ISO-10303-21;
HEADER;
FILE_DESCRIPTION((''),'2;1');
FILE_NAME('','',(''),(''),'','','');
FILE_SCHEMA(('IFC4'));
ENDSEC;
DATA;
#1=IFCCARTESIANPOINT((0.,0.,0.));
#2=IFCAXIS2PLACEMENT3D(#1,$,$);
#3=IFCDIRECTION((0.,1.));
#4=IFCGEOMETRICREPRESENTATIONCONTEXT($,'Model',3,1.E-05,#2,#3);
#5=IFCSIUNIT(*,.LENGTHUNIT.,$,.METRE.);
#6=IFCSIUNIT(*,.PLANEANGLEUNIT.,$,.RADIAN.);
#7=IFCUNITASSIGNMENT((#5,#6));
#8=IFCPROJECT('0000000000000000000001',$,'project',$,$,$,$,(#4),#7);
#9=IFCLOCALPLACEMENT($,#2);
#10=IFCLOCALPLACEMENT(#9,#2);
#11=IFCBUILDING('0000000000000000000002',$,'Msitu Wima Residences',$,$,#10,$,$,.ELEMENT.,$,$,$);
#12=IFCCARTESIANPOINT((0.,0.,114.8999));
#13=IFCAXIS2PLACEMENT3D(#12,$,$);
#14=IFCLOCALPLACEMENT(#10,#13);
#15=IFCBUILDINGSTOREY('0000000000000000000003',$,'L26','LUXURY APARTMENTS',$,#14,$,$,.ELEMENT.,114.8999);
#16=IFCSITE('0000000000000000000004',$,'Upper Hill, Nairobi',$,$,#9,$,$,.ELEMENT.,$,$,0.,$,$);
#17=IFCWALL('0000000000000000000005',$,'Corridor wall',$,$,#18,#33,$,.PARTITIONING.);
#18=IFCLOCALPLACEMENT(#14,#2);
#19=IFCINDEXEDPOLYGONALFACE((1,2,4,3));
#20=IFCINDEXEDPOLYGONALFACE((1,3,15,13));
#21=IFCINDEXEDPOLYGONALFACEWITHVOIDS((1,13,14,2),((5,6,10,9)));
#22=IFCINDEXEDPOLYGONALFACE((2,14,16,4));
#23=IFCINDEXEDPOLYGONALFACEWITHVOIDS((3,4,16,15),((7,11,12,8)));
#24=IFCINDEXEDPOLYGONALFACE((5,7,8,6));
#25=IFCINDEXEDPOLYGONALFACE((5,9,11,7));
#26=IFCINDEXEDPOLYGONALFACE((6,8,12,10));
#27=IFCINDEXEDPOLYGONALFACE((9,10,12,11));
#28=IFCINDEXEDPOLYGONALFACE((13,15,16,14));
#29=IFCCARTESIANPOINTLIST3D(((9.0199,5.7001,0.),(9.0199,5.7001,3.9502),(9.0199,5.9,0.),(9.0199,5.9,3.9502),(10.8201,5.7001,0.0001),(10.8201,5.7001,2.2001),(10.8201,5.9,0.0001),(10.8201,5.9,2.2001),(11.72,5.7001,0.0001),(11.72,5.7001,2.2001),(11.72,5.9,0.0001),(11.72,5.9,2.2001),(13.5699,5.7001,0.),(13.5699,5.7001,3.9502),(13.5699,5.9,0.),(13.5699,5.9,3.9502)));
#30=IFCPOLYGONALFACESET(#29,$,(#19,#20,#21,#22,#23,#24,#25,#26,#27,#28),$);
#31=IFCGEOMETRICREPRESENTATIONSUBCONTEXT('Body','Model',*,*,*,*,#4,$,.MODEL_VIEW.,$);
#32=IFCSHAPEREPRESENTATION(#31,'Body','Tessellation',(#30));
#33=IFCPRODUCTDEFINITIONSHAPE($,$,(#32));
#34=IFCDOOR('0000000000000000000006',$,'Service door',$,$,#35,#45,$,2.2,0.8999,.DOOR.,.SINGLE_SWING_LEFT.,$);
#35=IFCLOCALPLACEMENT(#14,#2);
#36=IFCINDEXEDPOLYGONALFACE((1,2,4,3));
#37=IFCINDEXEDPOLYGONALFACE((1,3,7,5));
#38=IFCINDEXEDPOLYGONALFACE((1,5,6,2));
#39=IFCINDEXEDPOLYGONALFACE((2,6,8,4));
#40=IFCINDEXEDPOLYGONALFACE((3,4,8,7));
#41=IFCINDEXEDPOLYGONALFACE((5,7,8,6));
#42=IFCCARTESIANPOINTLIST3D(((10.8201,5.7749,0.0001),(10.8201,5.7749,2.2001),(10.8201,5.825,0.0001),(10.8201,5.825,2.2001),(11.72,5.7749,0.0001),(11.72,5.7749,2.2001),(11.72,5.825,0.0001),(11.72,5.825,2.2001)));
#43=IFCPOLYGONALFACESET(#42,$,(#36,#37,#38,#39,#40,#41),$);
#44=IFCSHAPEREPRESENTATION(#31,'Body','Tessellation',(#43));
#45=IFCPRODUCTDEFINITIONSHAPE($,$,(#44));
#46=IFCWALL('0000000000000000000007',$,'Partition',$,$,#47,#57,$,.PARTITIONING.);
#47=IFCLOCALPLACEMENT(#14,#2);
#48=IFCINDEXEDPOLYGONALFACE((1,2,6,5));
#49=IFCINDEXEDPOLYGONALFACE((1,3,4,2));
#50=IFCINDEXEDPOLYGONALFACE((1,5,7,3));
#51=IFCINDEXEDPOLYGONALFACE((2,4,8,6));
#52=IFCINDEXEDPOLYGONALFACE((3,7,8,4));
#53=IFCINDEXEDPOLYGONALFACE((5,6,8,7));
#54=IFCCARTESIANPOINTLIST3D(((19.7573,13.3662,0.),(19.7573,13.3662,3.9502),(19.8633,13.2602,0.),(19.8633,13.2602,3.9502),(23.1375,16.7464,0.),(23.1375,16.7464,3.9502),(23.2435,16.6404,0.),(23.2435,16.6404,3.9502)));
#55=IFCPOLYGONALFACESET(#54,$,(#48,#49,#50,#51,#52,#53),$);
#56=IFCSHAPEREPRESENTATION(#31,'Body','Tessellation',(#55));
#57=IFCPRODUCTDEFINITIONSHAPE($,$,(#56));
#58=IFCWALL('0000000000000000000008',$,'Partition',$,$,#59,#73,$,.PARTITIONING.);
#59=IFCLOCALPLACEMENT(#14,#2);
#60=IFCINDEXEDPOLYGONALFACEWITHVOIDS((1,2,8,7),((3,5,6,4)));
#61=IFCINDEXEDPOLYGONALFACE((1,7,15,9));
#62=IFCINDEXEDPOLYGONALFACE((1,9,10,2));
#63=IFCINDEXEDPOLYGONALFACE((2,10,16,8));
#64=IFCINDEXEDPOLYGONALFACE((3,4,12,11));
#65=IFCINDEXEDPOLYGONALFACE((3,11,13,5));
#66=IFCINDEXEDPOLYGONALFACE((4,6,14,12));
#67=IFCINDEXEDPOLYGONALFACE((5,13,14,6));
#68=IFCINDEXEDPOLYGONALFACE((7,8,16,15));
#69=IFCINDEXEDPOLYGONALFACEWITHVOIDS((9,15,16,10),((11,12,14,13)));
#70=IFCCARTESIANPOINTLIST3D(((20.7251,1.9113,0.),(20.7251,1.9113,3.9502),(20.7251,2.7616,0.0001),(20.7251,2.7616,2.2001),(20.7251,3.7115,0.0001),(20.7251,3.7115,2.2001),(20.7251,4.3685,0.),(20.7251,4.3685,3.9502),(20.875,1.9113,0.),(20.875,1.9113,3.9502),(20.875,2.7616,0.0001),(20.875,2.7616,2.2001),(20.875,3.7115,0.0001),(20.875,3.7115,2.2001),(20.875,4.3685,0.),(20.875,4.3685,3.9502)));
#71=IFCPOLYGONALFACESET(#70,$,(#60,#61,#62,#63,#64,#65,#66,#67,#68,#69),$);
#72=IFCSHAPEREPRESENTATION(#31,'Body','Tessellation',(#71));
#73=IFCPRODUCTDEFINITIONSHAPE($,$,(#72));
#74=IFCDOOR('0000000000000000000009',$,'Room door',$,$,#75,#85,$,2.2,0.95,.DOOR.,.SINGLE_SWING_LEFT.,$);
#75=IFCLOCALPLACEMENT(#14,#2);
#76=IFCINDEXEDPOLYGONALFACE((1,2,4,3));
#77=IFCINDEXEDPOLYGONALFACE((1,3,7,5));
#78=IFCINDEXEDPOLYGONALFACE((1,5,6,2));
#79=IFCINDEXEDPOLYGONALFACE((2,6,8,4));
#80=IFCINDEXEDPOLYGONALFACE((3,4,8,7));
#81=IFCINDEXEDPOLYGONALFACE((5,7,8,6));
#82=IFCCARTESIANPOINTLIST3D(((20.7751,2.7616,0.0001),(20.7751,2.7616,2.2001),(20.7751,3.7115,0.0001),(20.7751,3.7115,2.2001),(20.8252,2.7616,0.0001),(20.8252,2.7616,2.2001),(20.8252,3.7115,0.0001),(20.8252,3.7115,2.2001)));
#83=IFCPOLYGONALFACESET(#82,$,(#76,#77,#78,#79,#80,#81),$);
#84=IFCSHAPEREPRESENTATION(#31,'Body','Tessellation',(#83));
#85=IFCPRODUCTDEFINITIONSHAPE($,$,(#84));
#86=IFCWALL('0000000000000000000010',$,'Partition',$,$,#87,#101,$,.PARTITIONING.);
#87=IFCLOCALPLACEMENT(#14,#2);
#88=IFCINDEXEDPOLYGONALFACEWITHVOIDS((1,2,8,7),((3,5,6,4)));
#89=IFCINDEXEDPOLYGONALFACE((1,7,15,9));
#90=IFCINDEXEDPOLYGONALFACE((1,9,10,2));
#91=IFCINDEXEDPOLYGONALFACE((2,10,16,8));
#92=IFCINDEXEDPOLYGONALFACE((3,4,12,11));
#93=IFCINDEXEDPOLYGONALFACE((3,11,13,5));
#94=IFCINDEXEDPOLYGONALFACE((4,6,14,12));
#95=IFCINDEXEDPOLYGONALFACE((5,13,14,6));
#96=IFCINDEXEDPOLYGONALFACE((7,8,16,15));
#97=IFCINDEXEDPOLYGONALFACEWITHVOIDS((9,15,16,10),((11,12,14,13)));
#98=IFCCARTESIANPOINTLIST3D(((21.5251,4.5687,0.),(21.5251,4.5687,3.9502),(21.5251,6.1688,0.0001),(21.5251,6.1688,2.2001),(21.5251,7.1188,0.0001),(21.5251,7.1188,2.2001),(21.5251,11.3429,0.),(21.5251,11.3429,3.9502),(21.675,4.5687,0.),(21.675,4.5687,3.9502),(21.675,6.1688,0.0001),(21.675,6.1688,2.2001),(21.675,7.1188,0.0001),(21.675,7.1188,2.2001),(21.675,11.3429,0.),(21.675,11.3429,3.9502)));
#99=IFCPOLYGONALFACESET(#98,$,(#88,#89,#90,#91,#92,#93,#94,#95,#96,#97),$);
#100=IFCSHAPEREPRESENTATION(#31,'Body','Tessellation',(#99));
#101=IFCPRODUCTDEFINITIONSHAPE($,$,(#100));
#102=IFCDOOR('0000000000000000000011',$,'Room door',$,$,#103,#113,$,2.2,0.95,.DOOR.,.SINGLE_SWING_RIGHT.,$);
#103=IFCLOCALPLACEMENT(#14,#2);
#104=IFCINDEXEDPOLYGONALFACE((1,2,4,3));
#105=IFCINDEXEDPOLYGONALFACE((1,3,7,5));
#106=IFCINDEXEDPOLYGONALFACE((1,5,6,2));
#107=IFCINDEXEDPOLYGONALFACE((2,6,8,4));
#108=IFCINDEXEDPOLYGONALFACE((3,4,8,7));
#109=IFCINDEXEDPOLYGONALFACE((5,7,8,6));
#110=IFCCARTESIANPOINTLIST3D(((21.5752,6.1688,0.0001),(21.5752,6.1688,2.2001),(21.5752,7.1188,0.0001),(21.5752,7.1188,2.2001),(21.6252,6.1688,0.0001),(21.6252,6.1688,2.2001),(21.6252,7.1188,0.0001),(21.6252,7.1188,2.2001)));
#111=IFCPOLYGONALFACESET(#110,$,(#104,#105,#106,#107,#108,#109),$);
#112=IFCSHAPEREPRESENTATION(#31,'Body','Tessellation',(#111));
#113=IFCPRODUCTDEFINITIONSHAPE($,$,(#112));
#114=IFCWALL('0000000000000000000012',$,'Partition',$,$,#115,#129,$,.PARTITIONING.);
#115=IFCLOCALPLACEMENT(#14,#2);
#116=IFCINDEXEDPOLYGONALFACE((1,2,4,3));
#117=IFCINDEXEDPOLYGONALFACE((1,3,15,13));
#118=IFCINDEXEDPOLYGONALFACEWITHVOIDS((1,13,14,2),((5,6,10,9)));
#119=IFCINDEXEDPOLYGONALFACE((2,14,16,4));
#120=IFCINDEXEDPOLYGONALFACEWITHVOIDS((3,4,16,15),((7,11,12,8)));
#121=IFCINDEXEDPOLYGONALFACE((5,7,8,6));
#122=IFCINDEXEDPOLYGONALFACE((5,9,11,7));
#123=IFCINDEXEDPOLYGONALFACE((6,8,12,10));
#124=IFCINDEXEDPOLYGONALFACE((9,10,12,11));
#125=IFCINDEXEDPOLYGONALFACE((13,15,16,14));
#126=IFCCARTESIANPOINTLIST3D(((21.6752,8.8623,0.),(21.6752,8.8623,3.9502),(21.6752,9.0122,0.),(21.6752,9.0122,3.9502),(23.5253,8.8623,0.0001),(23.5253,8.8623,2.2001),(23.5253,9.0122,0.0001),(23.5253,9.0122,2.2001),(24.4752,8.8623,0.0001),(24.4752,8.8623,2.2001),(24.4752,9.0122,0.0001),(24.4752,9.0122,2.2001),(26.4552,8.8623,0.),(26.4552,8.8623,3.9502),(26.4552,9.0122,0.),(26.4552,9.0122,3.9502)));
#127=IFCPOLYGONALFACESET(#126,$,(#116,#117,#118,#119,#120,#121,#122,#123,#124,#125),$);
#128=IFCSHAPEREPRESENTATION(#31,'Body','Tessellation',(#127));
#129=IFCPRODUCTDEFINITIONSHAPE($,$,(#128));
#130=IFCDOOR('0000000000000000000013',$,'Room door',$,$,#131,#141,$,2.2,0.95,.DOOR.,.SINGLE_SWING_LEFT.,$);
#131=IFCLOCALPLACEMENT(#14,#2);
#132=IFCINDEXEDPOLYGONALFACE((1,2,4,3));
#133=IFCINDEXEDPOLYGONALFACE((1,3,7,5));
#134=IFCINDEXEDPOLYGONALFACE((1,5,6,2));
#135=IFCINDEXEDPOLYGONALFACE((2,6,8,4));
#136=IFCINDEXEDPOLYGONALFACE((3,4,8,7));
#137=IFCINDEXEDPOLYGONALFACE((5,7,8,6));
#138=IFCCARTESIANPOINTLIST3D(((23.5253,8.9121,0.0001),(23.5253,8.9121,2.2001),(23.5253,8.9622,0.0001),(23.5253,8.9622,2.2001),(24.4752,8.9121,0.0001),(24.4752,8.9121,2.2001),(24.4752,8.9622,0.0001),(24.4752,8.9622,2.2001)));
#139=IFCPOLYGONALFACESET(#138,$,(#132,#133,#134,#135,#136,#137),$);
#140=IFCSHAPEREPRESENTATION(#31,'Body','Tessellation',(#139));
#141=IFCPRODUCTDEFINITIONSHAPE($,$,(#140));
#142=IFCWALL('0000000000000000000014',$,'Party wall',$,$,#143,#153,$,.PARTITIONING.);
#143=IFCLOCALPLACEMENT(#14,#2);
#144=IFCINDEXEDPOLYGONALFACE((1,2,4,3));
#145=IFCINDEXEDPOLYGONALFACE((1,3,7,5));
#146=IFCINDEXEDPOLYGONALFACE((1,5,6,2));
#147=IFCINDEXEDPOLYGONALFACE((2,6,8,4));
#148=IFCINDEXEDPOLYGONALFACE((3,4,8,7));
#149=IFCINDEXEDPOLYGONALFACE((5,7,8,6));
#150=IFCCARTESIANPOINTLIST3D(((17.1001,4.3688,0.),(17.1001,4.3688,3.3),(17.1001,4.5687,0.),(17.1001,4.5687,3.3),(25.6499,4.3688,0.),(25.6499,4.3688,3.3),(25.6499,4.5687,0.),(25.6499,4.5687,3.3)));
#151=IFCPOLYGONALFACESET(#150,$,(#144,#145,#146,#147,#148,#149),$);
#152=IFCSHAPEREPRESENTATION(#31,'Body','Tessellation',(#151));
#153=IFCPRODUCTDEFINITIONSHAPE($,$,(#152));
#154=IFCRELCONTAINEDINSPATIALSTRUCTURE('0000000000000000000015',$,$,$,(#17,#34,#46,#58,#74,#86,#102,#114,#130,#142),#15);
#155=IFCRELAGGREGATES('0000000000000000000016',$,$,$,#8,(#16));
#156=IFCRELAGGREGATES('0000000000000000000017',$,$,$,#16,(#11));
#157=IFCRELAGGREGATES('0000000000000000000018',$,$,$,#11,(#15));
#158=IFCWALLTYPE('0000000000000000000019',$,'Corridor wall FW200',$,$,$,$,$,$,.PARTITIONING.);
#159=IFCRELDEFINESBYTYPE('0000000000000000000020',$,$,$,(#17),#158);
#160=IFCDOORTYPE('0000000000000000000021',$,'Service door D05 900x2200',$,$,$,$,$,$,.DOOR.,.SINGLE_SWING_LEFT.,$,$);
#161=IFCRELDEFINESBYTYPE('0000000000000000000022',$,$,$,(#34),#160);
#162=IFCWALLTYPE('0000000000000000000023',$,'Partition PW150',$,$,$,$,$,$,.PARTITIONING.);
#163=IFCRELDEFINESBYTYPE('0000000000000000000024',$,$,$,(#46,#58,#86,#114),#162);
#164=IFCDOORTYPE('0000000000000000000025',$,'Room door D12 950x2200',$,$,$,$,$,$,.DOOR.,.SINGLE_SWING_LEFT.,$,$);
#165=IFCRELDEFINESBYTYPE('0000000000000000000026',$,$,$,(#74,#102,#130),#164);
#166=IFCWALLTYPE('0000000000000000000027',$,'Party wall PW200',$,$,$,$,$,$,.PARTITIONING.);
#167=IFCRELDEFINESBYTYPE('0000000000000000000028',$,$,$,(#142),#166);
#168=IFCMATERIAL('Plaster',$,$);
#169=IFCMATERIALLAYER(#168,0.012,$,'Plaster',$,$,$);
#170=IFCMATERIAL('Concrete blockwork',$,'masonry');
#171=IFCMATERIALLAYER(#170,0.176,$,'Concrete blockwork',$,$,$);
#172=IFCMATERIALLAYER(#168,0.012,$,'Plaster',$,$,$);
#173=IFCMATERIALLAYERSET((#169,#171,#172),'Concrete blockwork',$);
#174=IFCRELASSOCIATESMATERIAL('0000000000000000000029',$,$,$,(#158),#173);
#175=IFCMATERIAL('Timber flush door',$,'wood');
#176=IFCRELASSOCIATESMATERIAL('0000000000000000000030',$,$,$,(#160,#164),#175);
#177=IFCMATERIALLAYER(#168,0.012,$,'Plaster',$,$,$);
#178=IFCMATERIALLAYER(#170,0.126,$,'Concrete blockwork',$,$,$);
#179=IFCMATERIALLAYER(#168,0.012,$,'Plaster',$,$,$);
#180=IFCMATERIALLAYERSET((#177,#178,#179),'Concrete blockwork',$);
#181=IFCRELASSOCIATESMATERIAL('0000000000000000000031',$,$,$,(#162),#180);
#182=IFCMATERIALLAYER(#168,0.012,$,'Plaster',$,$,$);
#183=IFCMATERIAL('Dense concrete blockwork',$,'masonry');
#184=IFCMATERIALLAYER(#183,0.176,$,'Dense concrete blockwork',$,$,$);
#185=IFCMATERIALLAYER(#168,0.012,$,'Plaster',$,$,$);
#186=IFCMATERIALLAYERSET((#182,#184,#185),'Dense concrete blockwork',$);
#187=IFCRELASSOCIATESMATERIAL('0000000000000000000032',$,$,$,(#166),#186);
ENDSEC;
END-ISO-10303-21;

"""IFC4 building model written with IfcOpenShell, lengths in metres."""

from ifc_helpers import new_model, si_unit, direction, frame, frame_2d, origin, place, context, subcontext, project, spatial, rectangle, extrude, material, layer, layer_set, type_object, element, fill, save


model = new_model("IFC4")

# Units and contexts
model_context = context("Model", 3, precision=1e-05, world=origin(), true_north=direction((0.0, 1.0)))
body_context = subcontext(model_context, "Body", "Model", "MODEL_VIEW")
ifc_project = project(units=[si_unit("LENGTHUNIT", "METRE"), si_unit("PLANEANGLEUNIT", "RADIAN")], contexts=[model_context])

# Site, building, storey
site_placement = place(None, origin())
site = spatial("IfcSite", under=ifc_project, at=site_placement, Name="Upper Hill, Nairobi", CompositionType="ELEMENT", RefElevation=0.0)
building_placement = place(site_placement, origin())
building = spatial("IfcBuilding", under=site, at=building_placement, Name="Msitu Wima Residences", CompositionType="ELEMENT")
storey_placement = place(building_placement, frame((0.0, 0.0, 114.8999)))
storey = spatial("IfcBuildingStorey", under=building, at=storey_placement, Name="L26", Description="LUXURY APARTMENTS", CompositionType="ELEMENT", Elevation=114.8999)

# Wall, opening, door
ifc_material_1 = material(Name="Plaster")
ifc_layer_1 = layer(ifc_material_1, 0.012, Name="Plaster")
ifc_material_2 = material(Name="Concrete blockwork", Category="masonry")
ifc_layer_2 = layer(ifc_material_2, 0.176, Name="Concrete blockwork")
ifc_layer_3 = layer(ifc_material_1, 0.012, Name="Plaster")
ifc_layer_set_1 = layer_set([ifc_layer_1, ifc_layer_2, ifc_layer_3], Name="Concrete blockwork")
wall_type_1 = type_object("IfcWallType", Name="Corridor wall FW200", PredefinedType="PARTITIONING", material=ifc_layer_set_1)
wall_1_placement = place(storey_placement, frame((9.02, 5.8, 0.0), z_axis=(0.0, 0.0, 1.0), x_axis=(1.0, 0.0, 0.0)))
wall_1 = element("IfcWall", 1, at=wall_1_placement, inside=storey, type_object=wall_type_1, Name="Corridor wall", PredefinedType="PARTITIONING", context=body_context, shape_type="SweptSolid", body=[
    extrude(rectangle(XDim=4.55, YDim=0.2, at=frame_2d((2.2749, 0.0))), origin(), (0.0, 0.0, 1.0), 3.9502),
])
opening_1_placement = place(wall_1_placement, frame((1.8, 0.0, 0.0)))
opening_1 = element("IfcOpeningElement", 2, at=opening_1_placement, cuts=wall_1, PredefinedType="OPENING", context=body_context, shape_type="SweptSolid", body=[
    extrude(rectangle(XDim=0.8999, YDim=2.2, at=frame_2d((0.45, 1.1001))), frame((0.0, 0.1099, 0.0), z_axis=(0.0, -1.0, 0.0), x_axis=(1.0, 0.0, 0.0)), (0.0, 0.0, 1.0), 0.22),
])
ifc_material_3 = material(Name="Timber flush door", Category="wood")
door_type_1 = type_object("IfcDoorType", Name="Service door D05 900x2200", OperationType="SINGLE_SWING_LEFT", PredefinedType="DOOR", material=ifc_material_3)
door_1_placement = place(opening_1_placement, origin())
door_1 = element("IfcDoor", 3, at=door_1_placement, inside=storey, type_object=door_type_1, Name="Service door", OperationType="SINGLE_SWING_LEFT", OverallHeight=2.2, OverallWidth=0.8999, PredefinedType="DOOR", context=body_context, shape_type="SweptSolid", body=[
    extrude(rectangle(XDim=0.8999, YDim=2.2, at=frame_2d((0.45, 1.1001))), frame((0.0, 0.0249, 0.0), z_axis=(0.0, -1.0, 0.0), x_axis=(1.0, 0.0, 0.0)), (0.0, 0.0, 1.0), 0.05),
])
fill(opening_1, door_1)

# Wall
ifc_layer_4 = layer(ifc_material_1, 0.012, Name="Plaster")
ifc_layer_5 = layer(ifc_material_2, 0.126, Name="Concrete blockwork")
ifc_layer_6 = layer(ifc_material_1, 0.012, Name="Plaster")
ifc_layer_set_2 = layer_set([ifc_layer_4, ifc_layer_5, ifc_layer_6], Name="Concrete blockwork")
wall_type_2 = type_object("IfcWallType", Name="Partition PW150", PredefinedType="PARTITIONING", material=ifc_layer_set_2)
wall_2_placement = place(storey_placement, frame((19.8103, 13.3132, 0.0), z_axis=(0.0, 0.0, 1.0), x_axis=(0.707107, 0.707107, 0.0)))
element("IfcWall", 4, at=wall_2_placement, inside=storey, type_object=wall_type_2, Name="Partition", PredefinedType="PARTITIONING", context=body_context, shape_type="SweptSolid", body=[
    extrude(rectangle(XDim=4.7803, YDim=0.1499, at=frame_2d((2.3901, 0.0))), origin(), (0.0, 0.0, 1.0), 3.9502),
])

# Walls, openings, doors
wall_3_placement = place(storey_placement, frame((20.8, 1.9114, 0.0), z_axis=(0.0, 0.0, 1.0), x_axis=(0.0, 1.0, 0.0)))
wall_3 = element("IfcWall", 5, at=wall_3_placement, inside=storey, type_object=wall_type_2, Name="Partition", PredefinedType="PARTITIONING", context=body_context, shape_type="SweptSolid", body=[
    extrude(rectangle(XDim=2.4573, YDim=0.1499, at=frame_2d((1.2285, 0.0))), origin(), (0.0, 0.0, 1.0), 3.9502),
])
opening_2_placement = place(wall_3_placement, frame((0.8501, 0.0, 0.0)))
opening_2 = element("IfcOpeningElement", 6, at=opening_2_placement, cuts=wall_3, PredefinedType="OPENING", context=body_context, shape_type="SweptSolid", body=[
    extrude(rectangle(XDim=0.95, YDim=2.2, at=frame_2d((0.4751, 1.1001))), frame((0.0, 0.085, 0.0), z_axis=(0.0, -1.0, 0.0), x_axis=(1.0, 0.0, 0.0)), (0.0, 0.0, 1.0), 0.1699),
])
door_type_2 = type_object("IfcDoorType", Name="Room door D12 950x2200", OperationType="SINGLE_SWING_LEFT", PredefinedType="DOOR", material=ifc_material_3)
door_2_placement = place(opening_2_placement, origin())
door_2 = element("IfcDoor", 7, at=door_2_placement, inside=storey, type_object=door_type_2, Name="Room door", OperationType="SINGLE_SWING_LEFT", OverallHeight=2.2, OverallWidth=0.95, PredefinedType="DOOR", context=body_context, shape_type="SweptSolid", body=[
    extrude(rectangle(XDim=0.95, YDim=2.2, at=frame_2d((0.4751, 1.1001))), frame((0.0, 0.0249, 0.0), z_axis=(0.0, -1.0, 0.0), x_axis=(1.0, 0.0, 0.0)), (0.0, 0.0, 1.0), 0.05),
])
fill(opening_2, door_2)
wall_4_placement = place(storey_placement, frame((21.6001, 4.5686, 0.0), z_axis=(0.0, 0.0, 1.0), x_axis=(0.0, 1.0, 0.0)))
wall_4 = element("IfcWall", 8, at=wall_4_placement, inside=storey, type_object=wall_type_2, Name="Partition", PredefinedType="PARTITIONING", context=body_context, shape_type="SweptSolid", body=[
    extrude(rectangle(XDim=6.7742, YDim=0.1499, at=frame_2d((3.3872, 0.0))), origin(), (0.0, 0.0, 1.0), 3.9502),
])
opening_3_placement = place(wall_4_placement, frame((1.6001, 0.0, 0.0)))
opening_3 = element("IfcOpeningElement", 9, at=opening_3_placement, cuts=wall_4, PredefinedType="OPENING", context=body_context, shape_type="SweptSolid", body=[
    extrude(rectangle(XDim=0.95, YDim=2.2, at=frame_2d((0.4751, 1.1001))), frame((0.0, 0.085, 0.0), z_axis=(0.0, -1.0, 0.0), x_axis=(1.0, 0.0, 0.0)), (0.0, 0.0, 1.0), 0.1699),
])
door_3_placement = place(opening_3_placement, origin())
door_3 = element("IfcDoor", 10, at=door_3_placement, inside=storey, type_object=door_type_2, Name="Room door", OperationType="SINGLE_SWING_RIGHT", OverallHeight=2.2, OverallWidth=0.95, PredefinedType="DOOR", context=body_context, shape_type="SweptSolid", body=[
    extrude(rectangle(XDim=0.95, YDim=2.2, at=frame_2d((0.4751, 1.1001))), frame((0.0, 0.0249, 0.0), z_axis=(0.0, -1.0, 0.0), x_axis=(1.0, 0.0, 0.0)), (0.0, 0.0, 1.0), 0.05),
])
fill(opening_3, door_3)
wall_5_placement = place(storey_placement, frame((21.675, 8.9373, 0.0), z_axis=(0.0, 0.0, 1.0), x_axis=(1.0, 0.0, 0.0)))
wall_5 = element("IfcWall", 11, at=wall_5_placement, inside=storey, type_object=wall_type_2, Name="Partition", PredefinedType="PARTITIONING", context=body_context, shape_type="SweptSolid", body=[
    extrude(rectangle(XDim=4.78, YDim=0.1499, at=frame_2d((2.3901, 0.0))), origin(), (0.0, 0.0, 1.0), 3.9502),
])
opening_4_placement = place(wall_5_placement, frame((1.8501, 0.0, 0.0)))
opening_4 = element("IfcOpeningElement", 12, at=opening_4_placement, cuts=wall_5, PredefinedType="OPENING", context=body_context, shape_type="SweptSolid", body=[
    extrude(rectangle(XDim=0.95, YDim=2.2, at=frame_2d((0.4751, 1.1001))), frame((0.0, 0.085, 0.0), z_axis=(0.0, -1.0, 0.0), x_axis=(1.0, 0.0, 0.0)), (0.0, 0.0, 1.0), 0.1699),
])
door_4_placement = place(opening_4_placement, origin())
door_4 = element("IfcDoor", 13, at=door_4_placement, inside=storey, type_object=door_type_2, Name="Room door", OperationType="SINGLE_SWING_LEFT", OverallHeight=2.2, OverallWidth=0.95, PredefinedType="DOOR", context=body_context, shape_type="SweptSolid", body=[
    extrude(rectangle(XDim=0.95, YDim=2.2, at=frame_2d((0.4751, 1.1001))), frame((0.0, 0.0249, 0.0), z_axis=(0.0, -1.0, 0.0), x_axis=(1.0, 0.0, 0.0)), (0.0, 0.0, 1.0), 0.05),
])
fill(opening_4, door_4)

# Wall
ifc_layer_7 = layer(ifc_material_1, 0.012, Name="Plaster")
ifc_material_4 = material(Name="Dense concrete blockwork", Category="masonry")
ifc_layer_8 = layer(ifc_material_4, 0.176, Name="Dense concrete blockwork")
ifc_layer_9 = layer(ifc_material_1, 0.012, Name="Plaster")
ifc_layer_set_3 = layer_set([ifc_layer_7, ifc_layer_8, ifc_layer_9], Name="Dense concrete blockwork")
wall_type_3 = type_object("IfcWallType", Name="Party wall PW200", PredefinedType="PARTITIONING", material=ifc_layer_set_3)
wall_6_placement = place(storey_placement, frame((17.1001, 4.4688, 0.0), z_axis=(0.0, 0.0, 1.0), x_axis=(1.0, 0.0, 0.0)))
element("IfcWall", 14, at=wall_6_placement, inside=storey, type_object=wall_type_3, Name="Party wall", PredefinedType="PARTITIONING", context=body_context, shape_type="SweptSolid", body=[
    extrude(rectangle(XDim=8.5498, YDim=0.2, at=frame_2d((4.2749, 0.0))), origin(), (0.0, 0.0, 1.0), 3.3),
])

save(model, "model.ifc")
